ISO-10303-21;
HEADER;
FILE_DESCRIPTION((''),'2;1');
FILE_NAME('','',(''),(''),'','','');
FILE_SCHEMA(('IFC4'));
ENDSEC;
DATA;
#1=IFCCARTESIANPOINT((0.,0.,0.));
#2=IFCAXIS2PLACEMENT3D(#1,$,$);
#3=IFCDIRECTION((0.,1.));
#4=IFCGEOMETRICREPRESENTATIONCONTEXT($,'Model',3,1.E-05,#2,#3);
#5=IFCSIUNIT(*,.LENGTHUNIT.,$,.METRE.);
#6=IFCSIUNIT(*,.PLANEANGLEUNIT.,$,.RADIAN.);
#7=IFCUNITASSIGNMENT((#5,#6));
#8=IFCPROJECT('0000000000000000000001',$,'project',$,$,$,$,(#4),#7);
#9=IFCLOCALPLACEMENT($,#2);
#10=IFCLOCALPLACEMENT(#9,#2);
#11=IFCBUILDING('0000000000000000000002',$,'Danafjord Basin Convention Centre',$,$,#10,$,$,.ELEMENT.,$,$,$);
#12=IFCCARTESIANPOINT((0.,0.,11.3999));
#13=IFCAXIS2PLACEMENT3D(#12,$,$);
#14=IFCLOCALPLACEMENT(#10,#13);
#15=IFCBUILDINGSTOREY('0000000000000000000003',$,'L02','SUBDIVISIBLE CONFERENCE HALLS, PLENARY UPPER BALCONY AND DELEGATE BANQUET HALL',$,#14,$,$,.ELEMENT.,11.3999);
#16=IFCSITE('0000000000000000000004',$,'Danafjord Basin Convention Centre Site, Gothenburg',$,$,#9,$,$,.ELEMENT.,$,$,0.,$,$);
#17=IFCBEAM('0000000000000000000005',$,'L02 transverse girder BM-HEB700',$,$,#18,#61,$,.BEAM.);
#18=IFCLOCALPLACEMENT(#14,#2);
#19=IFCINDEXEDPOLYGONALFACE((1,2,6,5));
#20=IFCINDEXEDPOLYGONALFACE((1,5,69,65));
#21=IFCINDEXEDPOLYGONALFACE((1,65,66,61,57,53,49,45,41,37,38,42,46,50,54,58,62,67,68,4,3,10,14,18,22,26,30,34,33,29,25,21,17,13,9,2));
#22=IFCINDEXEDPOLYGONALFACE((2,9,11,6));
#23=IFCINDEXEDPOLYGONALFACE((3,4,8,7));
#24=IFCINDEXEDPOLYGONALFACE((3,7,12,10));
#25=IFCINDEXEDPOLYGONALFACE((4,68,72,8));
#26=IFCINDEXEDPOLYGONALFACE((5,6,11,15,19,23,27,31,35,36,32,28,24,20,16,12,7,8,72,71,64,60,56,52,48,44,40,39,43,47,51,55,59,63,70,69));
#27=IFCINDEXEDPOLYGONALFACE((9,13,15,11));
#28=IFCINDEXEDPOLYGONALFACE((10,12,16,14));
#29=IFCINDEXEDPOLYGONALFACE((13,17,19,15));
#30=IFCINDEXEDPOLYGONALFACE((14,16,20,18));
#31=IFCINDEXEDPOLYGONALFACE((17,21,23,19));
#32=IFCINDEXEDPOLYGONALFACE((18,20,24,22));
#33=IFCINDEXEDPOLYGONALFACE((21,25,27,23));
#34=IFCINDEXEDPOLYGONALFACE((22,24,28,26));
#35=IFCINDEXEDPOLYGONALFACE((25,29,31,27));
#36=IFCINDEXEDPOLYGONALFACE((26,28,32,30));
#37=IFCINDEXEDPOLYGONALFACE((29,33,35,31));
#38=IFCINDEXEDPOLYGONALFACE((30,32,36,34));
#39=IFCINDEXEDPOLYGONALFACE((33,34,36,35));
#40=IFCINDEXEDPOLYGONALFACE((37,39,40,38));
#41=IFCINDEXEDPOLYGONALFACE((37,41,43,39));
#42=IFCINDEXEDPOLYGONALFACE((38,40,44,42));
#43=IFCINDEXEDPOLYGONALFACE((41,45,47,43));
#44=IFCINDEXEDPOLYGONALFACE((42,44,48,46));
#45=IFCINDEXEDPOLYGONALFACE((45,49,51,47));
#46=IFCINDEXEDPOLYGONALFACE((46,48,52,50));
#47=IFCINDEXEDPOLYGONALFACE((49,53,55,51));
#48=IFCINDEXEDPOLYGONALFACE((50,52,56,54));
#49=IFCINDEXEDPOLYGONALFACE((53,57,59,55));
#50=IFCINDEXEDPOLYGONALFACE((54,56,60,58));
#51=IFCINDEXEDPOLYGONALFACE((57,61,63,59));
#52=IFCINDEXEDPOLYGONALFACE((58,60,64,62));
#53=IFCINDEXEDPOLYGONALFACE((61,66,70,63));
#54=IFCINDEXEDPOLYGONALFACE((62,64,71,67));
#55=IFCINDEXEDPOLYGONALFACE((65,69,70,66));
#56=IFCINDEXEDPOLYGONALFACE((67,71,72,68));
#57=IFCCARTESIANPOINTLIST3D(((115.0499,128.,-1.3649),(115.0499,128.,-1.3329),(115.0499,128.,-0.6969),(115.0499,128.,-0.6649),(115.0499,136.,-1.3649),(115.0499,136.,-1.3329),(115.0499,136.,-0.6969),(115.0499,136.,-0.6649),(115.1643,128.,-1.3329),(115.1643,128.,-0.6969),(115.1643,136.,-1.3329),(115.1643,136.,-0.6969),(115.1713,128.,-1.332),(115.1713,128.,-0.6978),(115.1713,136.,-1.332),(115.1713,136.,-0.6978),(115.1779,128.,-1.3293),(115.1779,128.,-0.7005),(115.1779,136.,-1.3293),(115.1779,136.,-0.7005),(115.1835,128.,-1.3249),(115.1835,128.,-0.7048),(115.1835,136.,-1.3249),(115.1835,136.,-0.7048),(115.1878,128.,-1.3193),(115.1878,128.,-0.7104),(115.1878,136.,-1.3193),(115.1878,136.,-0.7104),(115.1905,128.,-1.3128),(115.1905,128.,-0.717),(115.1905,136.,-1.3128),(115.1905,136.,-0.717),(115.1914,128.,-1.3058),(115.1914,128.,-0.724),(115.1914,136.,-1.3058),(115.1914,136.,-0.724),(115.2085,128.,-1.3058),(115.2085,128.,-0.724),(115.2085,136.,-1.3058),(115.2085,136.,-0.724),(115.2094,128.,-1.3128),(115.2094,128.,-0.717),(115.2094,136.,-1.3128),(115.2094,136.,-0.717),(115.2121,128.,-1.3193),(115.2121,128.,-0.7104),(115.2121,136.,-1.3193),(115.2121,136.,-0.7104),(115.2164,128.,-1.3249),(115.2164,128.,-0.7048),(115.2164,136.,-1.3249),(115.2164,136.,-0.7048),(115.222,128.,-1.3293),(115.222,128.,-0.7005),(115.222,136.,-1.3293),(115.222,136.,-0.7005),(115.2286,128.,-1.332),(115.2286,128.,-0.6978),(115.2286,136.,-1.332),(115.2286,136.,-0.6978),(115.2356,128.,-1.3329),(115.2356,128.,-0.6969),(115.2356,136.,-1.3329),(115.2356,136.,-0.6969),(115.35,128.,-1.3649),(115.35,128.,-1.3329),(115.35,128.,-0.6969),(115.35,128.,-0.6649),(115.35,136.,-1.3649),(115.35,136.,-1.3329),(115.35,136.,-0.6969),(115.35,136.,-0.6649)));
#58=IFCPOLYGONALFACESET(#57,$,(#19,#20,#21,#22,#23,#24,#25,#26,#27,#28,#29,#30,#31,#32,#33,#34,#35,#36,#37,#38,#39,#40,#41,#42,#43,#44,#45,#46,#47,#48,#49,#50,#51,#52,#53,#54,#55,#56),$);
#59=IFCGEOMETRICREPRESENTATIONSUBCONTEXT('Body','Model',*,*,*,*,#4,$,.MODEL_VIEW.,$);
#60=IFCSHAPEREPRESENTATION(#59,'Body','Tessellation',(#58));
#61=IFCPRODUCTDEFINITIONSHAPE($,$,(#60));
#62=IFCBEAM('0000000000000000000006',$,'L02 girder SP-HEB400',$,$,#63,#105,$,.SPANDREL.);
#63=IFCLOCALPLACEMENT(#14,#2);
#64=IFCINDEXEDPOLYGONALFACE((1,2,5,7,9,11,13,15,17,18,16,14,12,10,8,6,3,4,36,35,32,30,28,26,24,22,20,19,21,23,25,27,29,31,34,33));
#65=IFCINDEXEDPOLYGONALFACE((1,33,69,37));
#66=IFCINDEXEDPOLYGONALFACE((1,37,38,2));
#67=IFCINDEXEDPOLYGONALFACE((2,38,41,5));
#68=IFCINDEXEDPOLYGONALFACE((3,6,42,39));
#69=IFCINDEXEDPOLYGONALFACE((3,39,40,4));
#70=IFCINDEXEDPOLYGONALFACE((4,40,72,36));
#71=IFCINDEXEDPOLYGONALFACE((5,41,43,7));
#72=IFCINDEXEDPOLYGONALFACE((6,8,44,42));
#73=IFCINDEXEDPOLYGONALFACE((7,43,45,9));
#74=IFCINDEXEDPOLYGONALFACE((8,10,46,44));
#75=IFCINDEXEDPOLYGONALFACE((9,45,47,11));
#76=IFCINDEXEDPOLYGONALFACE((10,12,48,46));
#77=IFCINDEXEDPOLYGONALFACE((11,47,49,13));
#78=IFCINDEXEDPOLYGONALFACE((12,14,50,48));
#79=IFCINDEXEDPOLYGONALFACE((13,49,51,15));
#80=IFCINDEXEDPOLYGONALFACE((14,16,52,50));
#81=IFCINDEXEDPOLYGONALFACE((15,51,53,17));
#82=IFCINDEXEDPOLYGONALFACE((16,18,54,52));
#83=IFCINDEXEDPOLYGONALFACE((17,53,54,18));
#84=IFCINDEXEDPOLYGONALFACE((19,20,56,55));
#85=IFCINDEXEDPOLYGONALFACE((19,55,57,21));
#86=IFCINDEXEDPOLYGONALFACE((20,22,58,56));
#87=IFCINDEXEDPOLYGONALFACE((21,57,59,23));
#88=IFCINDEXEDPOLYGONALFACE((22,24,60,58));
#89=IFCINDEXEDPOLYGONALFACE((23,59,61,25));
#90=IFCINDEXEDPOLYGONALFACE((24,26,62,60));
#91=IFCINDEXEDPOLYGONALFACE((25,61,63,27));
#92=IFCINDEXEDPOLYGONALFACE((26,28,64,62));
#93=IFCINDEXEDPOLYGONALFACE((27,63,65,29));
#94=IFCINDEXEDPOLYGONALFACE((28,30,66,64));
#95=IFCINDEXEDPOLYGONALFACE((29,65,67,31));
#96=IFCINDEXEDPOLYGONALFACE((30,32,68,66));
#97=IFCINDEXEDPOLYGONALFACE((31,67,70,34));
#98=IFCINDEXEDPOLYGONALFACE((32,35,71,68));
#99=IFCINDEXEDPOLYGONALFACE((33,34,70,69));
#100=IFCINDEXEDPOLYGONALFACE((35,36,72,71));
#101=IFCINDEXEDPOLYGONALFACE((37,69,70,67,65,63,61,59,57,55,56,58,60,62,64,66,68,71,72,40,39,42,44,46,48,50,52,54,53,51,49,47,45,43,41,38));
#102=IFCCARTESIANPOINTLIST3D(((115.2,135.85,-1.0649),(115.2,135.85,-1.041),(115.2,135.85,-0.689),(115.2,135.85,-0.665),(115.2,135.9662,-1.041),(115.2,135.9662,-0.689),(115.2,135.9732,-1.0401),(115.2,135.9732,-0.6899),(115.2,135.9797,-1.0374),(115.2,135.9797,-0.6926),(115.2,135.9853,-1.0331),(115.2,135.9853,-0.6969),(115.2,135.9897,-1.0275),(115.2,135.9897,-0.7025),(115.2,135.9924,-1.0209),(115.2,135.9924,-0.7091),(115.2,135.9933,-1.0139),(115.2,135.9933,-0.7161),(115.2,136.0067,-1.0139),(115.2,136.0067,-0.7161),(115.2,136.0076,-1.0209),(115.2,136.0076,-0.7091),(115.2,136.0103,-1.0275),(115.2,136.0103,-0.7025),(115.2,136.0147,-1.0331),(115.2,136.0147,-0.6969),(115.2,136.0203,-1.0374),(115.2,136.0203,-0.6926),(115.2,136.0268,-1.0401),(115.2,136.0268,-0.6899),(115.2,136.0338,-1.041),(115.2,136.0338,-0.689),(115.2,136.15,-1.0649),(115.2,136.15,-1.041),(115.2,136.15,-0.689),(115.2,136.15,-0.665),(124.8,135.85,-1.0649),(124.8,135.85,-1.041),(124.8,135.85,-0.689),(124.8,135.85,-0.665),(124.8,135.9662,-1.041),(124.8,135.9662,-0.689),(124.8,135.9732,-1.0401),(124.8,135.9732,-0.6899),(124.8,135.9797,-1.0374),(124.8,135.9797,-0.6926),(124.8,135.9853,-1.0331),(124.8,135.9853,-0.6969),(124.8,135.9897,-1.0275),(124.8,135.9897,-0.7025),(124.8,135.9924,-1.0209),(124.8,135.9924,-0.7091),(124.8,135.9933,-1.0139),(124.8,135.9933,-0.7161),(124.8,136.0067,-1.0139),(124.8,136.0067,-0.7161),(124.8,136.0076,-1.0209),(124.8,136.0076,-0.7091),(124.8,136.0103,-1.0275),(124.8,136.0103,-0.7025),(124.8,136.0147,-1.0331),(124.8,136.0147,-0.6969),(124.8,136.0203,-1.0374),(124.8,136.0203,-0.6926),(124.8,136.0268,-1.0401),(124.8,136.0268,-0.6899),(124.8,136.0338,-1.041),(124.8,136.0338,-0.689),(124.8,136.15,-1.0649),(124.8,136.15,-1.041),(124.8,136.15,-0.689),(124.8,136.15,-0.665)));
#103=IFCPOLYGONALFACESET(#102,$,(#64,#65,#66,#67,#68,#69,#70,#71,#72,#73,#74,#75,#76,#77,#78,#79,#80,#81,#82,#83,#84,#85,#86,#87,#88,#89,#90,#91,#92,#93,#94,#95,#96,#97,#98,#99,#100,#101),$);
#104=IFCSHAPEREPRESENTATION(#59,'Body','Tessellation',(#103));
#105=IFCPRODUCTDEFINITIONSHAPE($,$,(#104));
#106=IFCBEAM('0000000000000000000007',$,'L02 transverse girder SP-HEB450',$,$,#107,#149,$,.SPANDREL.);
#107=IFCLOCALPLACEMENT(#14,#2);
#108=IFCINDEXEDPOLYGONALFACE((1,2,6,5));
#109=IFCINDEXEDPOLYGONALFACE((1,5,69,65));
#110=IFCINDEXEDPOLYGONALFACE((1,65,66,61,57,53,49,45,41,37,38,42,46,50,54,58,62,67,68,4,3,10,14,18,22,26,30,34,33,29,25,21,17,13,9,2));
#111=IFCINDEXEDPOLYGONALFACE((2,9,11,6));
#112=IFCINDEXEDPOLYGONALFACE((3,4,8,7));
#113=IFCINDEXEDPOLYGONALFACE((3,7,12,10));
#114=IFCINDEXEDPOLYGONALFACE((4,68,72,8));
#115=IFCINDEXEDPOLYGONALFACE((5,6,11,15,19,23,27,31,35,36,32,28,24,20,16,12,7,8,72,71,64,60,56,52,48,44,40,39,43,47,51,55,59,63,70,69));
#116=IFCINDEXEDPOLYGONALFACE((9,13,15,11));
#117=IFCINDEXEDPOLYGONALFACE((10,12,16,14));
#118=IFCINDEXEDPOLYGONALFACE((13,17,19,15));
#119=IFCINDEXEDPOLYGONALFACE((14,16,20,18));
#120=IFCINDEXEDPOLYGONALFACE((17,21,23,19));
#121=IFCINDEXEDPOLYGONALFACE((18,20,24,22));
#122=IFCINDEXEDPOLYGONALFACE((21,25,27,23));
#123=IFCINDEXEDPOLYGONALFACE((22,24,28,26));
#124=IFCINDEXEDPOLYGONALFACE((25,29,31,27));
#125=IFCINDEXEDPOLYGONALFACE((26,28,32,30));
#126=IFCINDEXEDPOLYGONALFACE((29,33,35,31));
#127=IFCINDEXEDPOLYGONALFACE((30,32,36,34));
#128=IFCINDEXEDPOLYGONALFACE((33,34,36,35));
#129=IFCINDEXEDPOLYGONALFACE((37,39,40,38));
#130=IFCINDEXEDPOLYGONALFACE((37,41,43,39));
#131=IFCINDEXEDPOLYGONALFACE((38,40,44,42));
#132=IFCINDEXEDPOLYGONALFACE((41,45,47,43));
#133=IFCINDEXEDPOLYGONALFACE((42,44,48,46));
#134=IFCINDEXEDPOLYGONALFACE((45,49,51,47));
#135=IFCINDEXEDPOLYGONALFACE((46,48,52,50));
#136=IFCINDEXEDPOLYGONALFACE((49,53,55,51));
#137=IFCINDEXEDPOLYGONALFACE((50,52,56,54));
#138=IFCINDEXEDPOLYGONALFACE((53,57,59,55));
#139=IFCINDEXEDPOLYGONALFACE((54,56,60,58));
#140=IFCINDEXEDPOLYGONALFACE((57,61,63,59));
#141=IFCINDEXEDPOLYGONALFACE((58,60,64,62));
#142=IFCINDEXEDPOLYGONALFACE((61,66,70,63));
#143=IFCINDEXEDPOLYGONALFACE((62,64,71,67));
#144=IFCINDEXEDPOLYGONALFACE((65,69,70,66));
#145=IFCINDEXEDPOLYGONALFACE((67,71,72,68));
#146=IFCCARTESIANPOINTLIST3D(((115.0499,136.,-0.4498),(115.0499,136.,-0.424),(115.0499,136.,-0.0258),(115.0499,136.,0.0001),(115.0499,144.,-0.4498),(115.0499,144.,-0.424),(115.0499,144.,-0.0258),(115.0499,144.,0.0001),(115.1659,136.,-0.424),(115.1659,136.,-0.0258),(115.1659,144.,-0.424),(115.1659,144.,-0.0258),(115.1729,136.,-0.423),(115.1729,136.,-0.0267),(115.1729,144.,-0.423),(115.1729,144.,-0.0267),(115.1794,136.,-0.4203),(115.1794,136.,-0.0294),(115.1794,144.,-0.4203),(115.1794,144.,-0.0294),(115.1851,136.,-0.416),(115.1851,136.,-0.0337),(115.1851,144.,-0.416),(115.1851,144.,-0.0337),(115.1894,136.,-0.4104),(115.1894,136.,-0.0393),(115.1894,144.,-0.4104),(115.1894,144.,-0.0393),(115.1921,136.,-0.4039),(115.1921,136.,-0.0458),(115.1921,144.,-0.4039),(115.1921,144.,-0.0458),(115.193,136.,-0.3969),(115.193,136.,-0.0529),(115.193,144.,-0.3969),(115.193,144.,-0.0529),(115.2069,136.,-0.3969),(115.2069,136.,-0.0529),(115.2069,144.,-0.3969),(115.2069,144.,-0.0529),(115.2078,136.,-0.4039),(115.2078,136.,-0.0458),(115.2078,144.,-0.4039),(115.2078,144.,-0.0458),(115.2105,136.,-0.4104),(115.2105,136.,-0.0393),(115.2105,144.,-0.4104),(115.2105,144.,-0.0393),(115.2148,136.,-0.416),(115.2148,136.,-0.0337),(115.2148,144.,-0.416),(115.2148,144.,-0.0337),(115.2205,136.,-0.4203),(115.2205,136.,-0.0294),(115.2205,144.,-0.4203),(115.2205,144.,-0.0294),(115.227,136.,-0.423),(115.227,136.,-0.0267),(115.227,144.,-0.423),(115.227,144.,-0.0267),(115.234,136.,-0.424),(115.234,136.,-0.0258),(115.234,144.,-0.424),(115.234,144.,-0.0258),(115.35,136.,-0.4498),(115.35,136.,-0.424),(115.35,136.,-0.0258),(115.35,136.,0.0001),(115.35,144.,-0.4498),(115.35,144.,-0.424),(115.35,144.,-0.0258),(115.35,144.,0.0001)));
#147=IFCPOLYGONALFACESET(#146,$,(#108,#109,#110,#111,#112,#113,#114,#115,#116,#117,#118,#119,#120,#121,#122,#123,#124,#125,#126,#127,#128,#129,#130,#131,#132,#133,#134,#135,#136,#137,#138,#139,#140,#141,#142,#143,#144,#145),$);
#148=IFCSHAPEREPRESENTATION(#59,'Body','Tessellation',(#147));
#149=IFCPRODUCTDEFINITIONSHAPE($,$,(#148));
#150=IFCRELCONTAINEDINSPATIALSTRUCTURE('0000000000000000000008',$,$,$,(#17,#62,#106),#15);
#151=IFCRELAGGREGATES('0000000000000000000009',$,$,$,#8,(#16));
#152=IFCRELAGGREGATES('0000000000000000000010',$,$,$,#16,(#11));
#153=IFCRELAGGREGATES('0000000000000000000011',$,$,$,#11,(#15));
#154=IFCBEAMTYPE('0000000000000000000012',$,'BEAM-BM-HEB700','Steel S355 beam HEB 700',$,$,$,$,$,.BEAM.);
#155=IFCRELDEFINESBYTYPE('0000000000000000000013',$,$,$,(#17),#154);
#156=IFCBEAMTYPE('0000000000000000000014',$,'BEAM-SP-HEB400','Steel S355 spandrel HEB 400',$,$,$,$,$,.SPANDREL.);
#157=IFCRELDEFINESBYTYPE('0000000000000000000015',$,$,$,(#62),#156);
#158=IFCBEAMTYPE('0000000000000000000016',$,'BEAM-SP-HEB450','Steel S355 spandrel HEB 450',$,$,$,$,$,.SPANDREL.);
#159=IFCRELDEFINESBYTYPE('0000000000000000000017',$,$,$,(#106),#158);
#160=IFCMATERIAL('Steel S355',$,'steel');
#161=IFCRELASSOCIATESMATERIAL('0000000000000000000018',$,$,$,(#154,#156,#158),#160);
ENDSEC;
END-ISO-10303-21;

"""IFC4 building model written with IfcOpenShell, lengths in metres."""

from ifc_helpers import new_model, si_unit, direction, frame, origin, origin_2d, place, context, subcontext, project, spatial, i_section, extrude, material, material_profile, profile_set, type_object, element, save


model = new_model("IFC4")

# Units and contexts
model_context = context("Model", 3, precision=1e-05, world=origin(), true_north=direction((0.0, 1.0)))
body_context = subcontext(model_context, "Body", "Model", "MODEL_VIEW")
ifc_project = project(units=[si_unit("LENGTHUNIT", "METRE"), si_unit("PLANEANGLEUNIT", "RADIAN")], contexts=[model_context])

# Site, building, storey
site_placement = place(None, origin())
site = spatial("IfcSite", under=ifc_project, at=site_placement, Name="Danafjord Basin Convention Centre Site, Gothenburg", CompositionType="ELEMENT", RefElevation=0.0)
building_placement = place(site_placement, origin())
building = spatial("IfcBuilding", under=site, at=building_placement, Name="Danafjord Basin Convention Centre", CompositionType="ELEMENT")
storey_placement = place(building_placement, frame((0.0, 0.0, 11.3999)))
storey = spatial("IfcBuildingStorey", under=building, at=storey_placement, Name="L02", Description="SUBDIVISIBLE CONFERENCE HALLS, PLENARY UPPER BALCONY AND DELEGATE BANQUET HALL", CompositionType="ELEMENT", Elevation=11.3999)

# Beams
ifc_material_1 = material(Name="Steel S355", Category="steel")
ifc_material_profile_1 = material_profile(ifc_material_1, i_section(OverallWidth=0.3, OverallDepth=0.7, WebThickness=0.0171, FlangeThickness=0.032, FilletRadius=0.0271, at=origin_2d()), Name="HEB 700")
ifc_profile_set_1 = profile_set([ifc_material_profile_1], Name="Steel S355")
beam_type_1 = type_object("IfcBeamType", Name="BEAM-BM-HEB700", Description="Steel S355 beam HEB 700", PredefinedType="BEAM", material=ifc_profile_set_1)
beam_1_placement = place(storey_placement, frame((115.2, 128.0, -1.0149), z_axis=(0.0, 1.0, 0.0), x_axis=(-1.0, 0.0, 0.0)))
element("IfcBeam", 1, at=beam_1_placement, inside=storey, type_object=beam_type_1, Name="L02 transverse girder BM-HEB700", PredefinedType="BEAM", context=body_context, shape_type="SweptSolid", body=[
    extrude(i_section(OverallWidth=0.3, OverallDepth=0.7, WebThickness=0.0171, FlangeThickness=0.032, FilletRadius=0.0271, at=origin_2d()), origin(), (0.0, 0.0, 1.0), 8.0),
])
ifc_material_profile_2 = material_profile(ifc_material_1, i_section(OverallWidth=0.3, OverallDepth=0.3999, WebThickness=0.0134, FlangeThickness=0.0239, FilletRadius=0.0271, at=origin_2d()), Name="HEB 400")
ifc_profile_set_2 = profile_set([ifc_material_profile_2], Name="Steel S355")
beam_type_2 = type_object("IfcBeamType", Name="BEAM-SP-HEB400", Description="Steel S355 spandrel HEB 400", PredefinedType="SPANDREL", material=ifc_profile_set_2)
beam_2_placement = place(storey_placement, frame((115.2, 136.0, -0.865), z_axis=(1.0, 0.0, 0.0), x_axis=(0.0, 1.0, 0.0)))
element("IfcBeam", 2, at=beam_2_placement, inside=storey, type_object=beam_type_2, Name="L02 girder SP-HEB400", PredefinedType="SPANDREL", context=body_context, shape_type="SweptSolid", body=[
    extrude(i_section(OverallWidth=0.3, OverallDepth=0.3999, WebThickness=0.0134, FlangeThickness=0.0239, FilletRadius=0.0271, at=origin_2d()), origin(), (0.0, 0.0, 1.0), 9.6001),
])
ifc_material_profile_3 = material_profile(ifc_material_1, i_section(OverallWidth=0.3, OverallDepth=0.45, WebThickness=0.0139, FlangeThickness=0.0259, FilletRadius=0.0271, at=origin_2d()), Name="HEB 450")
ifc_profile_set_3 = profile_set([ifc_material_profile_3], Name="Steel S355")
beam_type_3 = type_object("IfcBeamType", Name="BEAM-SP-HEB450", Description="Steel S355 spandrel HEB 450", PredefinedType="SPANDREL", material=ifc_profile_set_3)
beam_3_placement = place(storey_placement, frame((115.2, 136.0, -0.2249), z_axis=(0.0, 1.0, 0.0), x_axis=(-1.0, 0.0, 0.0)))
element("IfcBeam", 3, at=beam_3_placement, inside=storey, type_object=beam_type_3, Name="L02 transverse girder SP-HEB450", PredefinedType="SPANDREL", context=body_context, shape_type="SweptSolid", body=[
    extrude(i_section(OverallWidth=0.3, OverallDepth=0.45, WebThickness=0.0139, FlangeThickness=0.0259, FilletRadius=0.0271, at=origin_2d()), origin(), (0.0, 0.0, 1.0), 8.0),
])

save(model, "model.ifc")
